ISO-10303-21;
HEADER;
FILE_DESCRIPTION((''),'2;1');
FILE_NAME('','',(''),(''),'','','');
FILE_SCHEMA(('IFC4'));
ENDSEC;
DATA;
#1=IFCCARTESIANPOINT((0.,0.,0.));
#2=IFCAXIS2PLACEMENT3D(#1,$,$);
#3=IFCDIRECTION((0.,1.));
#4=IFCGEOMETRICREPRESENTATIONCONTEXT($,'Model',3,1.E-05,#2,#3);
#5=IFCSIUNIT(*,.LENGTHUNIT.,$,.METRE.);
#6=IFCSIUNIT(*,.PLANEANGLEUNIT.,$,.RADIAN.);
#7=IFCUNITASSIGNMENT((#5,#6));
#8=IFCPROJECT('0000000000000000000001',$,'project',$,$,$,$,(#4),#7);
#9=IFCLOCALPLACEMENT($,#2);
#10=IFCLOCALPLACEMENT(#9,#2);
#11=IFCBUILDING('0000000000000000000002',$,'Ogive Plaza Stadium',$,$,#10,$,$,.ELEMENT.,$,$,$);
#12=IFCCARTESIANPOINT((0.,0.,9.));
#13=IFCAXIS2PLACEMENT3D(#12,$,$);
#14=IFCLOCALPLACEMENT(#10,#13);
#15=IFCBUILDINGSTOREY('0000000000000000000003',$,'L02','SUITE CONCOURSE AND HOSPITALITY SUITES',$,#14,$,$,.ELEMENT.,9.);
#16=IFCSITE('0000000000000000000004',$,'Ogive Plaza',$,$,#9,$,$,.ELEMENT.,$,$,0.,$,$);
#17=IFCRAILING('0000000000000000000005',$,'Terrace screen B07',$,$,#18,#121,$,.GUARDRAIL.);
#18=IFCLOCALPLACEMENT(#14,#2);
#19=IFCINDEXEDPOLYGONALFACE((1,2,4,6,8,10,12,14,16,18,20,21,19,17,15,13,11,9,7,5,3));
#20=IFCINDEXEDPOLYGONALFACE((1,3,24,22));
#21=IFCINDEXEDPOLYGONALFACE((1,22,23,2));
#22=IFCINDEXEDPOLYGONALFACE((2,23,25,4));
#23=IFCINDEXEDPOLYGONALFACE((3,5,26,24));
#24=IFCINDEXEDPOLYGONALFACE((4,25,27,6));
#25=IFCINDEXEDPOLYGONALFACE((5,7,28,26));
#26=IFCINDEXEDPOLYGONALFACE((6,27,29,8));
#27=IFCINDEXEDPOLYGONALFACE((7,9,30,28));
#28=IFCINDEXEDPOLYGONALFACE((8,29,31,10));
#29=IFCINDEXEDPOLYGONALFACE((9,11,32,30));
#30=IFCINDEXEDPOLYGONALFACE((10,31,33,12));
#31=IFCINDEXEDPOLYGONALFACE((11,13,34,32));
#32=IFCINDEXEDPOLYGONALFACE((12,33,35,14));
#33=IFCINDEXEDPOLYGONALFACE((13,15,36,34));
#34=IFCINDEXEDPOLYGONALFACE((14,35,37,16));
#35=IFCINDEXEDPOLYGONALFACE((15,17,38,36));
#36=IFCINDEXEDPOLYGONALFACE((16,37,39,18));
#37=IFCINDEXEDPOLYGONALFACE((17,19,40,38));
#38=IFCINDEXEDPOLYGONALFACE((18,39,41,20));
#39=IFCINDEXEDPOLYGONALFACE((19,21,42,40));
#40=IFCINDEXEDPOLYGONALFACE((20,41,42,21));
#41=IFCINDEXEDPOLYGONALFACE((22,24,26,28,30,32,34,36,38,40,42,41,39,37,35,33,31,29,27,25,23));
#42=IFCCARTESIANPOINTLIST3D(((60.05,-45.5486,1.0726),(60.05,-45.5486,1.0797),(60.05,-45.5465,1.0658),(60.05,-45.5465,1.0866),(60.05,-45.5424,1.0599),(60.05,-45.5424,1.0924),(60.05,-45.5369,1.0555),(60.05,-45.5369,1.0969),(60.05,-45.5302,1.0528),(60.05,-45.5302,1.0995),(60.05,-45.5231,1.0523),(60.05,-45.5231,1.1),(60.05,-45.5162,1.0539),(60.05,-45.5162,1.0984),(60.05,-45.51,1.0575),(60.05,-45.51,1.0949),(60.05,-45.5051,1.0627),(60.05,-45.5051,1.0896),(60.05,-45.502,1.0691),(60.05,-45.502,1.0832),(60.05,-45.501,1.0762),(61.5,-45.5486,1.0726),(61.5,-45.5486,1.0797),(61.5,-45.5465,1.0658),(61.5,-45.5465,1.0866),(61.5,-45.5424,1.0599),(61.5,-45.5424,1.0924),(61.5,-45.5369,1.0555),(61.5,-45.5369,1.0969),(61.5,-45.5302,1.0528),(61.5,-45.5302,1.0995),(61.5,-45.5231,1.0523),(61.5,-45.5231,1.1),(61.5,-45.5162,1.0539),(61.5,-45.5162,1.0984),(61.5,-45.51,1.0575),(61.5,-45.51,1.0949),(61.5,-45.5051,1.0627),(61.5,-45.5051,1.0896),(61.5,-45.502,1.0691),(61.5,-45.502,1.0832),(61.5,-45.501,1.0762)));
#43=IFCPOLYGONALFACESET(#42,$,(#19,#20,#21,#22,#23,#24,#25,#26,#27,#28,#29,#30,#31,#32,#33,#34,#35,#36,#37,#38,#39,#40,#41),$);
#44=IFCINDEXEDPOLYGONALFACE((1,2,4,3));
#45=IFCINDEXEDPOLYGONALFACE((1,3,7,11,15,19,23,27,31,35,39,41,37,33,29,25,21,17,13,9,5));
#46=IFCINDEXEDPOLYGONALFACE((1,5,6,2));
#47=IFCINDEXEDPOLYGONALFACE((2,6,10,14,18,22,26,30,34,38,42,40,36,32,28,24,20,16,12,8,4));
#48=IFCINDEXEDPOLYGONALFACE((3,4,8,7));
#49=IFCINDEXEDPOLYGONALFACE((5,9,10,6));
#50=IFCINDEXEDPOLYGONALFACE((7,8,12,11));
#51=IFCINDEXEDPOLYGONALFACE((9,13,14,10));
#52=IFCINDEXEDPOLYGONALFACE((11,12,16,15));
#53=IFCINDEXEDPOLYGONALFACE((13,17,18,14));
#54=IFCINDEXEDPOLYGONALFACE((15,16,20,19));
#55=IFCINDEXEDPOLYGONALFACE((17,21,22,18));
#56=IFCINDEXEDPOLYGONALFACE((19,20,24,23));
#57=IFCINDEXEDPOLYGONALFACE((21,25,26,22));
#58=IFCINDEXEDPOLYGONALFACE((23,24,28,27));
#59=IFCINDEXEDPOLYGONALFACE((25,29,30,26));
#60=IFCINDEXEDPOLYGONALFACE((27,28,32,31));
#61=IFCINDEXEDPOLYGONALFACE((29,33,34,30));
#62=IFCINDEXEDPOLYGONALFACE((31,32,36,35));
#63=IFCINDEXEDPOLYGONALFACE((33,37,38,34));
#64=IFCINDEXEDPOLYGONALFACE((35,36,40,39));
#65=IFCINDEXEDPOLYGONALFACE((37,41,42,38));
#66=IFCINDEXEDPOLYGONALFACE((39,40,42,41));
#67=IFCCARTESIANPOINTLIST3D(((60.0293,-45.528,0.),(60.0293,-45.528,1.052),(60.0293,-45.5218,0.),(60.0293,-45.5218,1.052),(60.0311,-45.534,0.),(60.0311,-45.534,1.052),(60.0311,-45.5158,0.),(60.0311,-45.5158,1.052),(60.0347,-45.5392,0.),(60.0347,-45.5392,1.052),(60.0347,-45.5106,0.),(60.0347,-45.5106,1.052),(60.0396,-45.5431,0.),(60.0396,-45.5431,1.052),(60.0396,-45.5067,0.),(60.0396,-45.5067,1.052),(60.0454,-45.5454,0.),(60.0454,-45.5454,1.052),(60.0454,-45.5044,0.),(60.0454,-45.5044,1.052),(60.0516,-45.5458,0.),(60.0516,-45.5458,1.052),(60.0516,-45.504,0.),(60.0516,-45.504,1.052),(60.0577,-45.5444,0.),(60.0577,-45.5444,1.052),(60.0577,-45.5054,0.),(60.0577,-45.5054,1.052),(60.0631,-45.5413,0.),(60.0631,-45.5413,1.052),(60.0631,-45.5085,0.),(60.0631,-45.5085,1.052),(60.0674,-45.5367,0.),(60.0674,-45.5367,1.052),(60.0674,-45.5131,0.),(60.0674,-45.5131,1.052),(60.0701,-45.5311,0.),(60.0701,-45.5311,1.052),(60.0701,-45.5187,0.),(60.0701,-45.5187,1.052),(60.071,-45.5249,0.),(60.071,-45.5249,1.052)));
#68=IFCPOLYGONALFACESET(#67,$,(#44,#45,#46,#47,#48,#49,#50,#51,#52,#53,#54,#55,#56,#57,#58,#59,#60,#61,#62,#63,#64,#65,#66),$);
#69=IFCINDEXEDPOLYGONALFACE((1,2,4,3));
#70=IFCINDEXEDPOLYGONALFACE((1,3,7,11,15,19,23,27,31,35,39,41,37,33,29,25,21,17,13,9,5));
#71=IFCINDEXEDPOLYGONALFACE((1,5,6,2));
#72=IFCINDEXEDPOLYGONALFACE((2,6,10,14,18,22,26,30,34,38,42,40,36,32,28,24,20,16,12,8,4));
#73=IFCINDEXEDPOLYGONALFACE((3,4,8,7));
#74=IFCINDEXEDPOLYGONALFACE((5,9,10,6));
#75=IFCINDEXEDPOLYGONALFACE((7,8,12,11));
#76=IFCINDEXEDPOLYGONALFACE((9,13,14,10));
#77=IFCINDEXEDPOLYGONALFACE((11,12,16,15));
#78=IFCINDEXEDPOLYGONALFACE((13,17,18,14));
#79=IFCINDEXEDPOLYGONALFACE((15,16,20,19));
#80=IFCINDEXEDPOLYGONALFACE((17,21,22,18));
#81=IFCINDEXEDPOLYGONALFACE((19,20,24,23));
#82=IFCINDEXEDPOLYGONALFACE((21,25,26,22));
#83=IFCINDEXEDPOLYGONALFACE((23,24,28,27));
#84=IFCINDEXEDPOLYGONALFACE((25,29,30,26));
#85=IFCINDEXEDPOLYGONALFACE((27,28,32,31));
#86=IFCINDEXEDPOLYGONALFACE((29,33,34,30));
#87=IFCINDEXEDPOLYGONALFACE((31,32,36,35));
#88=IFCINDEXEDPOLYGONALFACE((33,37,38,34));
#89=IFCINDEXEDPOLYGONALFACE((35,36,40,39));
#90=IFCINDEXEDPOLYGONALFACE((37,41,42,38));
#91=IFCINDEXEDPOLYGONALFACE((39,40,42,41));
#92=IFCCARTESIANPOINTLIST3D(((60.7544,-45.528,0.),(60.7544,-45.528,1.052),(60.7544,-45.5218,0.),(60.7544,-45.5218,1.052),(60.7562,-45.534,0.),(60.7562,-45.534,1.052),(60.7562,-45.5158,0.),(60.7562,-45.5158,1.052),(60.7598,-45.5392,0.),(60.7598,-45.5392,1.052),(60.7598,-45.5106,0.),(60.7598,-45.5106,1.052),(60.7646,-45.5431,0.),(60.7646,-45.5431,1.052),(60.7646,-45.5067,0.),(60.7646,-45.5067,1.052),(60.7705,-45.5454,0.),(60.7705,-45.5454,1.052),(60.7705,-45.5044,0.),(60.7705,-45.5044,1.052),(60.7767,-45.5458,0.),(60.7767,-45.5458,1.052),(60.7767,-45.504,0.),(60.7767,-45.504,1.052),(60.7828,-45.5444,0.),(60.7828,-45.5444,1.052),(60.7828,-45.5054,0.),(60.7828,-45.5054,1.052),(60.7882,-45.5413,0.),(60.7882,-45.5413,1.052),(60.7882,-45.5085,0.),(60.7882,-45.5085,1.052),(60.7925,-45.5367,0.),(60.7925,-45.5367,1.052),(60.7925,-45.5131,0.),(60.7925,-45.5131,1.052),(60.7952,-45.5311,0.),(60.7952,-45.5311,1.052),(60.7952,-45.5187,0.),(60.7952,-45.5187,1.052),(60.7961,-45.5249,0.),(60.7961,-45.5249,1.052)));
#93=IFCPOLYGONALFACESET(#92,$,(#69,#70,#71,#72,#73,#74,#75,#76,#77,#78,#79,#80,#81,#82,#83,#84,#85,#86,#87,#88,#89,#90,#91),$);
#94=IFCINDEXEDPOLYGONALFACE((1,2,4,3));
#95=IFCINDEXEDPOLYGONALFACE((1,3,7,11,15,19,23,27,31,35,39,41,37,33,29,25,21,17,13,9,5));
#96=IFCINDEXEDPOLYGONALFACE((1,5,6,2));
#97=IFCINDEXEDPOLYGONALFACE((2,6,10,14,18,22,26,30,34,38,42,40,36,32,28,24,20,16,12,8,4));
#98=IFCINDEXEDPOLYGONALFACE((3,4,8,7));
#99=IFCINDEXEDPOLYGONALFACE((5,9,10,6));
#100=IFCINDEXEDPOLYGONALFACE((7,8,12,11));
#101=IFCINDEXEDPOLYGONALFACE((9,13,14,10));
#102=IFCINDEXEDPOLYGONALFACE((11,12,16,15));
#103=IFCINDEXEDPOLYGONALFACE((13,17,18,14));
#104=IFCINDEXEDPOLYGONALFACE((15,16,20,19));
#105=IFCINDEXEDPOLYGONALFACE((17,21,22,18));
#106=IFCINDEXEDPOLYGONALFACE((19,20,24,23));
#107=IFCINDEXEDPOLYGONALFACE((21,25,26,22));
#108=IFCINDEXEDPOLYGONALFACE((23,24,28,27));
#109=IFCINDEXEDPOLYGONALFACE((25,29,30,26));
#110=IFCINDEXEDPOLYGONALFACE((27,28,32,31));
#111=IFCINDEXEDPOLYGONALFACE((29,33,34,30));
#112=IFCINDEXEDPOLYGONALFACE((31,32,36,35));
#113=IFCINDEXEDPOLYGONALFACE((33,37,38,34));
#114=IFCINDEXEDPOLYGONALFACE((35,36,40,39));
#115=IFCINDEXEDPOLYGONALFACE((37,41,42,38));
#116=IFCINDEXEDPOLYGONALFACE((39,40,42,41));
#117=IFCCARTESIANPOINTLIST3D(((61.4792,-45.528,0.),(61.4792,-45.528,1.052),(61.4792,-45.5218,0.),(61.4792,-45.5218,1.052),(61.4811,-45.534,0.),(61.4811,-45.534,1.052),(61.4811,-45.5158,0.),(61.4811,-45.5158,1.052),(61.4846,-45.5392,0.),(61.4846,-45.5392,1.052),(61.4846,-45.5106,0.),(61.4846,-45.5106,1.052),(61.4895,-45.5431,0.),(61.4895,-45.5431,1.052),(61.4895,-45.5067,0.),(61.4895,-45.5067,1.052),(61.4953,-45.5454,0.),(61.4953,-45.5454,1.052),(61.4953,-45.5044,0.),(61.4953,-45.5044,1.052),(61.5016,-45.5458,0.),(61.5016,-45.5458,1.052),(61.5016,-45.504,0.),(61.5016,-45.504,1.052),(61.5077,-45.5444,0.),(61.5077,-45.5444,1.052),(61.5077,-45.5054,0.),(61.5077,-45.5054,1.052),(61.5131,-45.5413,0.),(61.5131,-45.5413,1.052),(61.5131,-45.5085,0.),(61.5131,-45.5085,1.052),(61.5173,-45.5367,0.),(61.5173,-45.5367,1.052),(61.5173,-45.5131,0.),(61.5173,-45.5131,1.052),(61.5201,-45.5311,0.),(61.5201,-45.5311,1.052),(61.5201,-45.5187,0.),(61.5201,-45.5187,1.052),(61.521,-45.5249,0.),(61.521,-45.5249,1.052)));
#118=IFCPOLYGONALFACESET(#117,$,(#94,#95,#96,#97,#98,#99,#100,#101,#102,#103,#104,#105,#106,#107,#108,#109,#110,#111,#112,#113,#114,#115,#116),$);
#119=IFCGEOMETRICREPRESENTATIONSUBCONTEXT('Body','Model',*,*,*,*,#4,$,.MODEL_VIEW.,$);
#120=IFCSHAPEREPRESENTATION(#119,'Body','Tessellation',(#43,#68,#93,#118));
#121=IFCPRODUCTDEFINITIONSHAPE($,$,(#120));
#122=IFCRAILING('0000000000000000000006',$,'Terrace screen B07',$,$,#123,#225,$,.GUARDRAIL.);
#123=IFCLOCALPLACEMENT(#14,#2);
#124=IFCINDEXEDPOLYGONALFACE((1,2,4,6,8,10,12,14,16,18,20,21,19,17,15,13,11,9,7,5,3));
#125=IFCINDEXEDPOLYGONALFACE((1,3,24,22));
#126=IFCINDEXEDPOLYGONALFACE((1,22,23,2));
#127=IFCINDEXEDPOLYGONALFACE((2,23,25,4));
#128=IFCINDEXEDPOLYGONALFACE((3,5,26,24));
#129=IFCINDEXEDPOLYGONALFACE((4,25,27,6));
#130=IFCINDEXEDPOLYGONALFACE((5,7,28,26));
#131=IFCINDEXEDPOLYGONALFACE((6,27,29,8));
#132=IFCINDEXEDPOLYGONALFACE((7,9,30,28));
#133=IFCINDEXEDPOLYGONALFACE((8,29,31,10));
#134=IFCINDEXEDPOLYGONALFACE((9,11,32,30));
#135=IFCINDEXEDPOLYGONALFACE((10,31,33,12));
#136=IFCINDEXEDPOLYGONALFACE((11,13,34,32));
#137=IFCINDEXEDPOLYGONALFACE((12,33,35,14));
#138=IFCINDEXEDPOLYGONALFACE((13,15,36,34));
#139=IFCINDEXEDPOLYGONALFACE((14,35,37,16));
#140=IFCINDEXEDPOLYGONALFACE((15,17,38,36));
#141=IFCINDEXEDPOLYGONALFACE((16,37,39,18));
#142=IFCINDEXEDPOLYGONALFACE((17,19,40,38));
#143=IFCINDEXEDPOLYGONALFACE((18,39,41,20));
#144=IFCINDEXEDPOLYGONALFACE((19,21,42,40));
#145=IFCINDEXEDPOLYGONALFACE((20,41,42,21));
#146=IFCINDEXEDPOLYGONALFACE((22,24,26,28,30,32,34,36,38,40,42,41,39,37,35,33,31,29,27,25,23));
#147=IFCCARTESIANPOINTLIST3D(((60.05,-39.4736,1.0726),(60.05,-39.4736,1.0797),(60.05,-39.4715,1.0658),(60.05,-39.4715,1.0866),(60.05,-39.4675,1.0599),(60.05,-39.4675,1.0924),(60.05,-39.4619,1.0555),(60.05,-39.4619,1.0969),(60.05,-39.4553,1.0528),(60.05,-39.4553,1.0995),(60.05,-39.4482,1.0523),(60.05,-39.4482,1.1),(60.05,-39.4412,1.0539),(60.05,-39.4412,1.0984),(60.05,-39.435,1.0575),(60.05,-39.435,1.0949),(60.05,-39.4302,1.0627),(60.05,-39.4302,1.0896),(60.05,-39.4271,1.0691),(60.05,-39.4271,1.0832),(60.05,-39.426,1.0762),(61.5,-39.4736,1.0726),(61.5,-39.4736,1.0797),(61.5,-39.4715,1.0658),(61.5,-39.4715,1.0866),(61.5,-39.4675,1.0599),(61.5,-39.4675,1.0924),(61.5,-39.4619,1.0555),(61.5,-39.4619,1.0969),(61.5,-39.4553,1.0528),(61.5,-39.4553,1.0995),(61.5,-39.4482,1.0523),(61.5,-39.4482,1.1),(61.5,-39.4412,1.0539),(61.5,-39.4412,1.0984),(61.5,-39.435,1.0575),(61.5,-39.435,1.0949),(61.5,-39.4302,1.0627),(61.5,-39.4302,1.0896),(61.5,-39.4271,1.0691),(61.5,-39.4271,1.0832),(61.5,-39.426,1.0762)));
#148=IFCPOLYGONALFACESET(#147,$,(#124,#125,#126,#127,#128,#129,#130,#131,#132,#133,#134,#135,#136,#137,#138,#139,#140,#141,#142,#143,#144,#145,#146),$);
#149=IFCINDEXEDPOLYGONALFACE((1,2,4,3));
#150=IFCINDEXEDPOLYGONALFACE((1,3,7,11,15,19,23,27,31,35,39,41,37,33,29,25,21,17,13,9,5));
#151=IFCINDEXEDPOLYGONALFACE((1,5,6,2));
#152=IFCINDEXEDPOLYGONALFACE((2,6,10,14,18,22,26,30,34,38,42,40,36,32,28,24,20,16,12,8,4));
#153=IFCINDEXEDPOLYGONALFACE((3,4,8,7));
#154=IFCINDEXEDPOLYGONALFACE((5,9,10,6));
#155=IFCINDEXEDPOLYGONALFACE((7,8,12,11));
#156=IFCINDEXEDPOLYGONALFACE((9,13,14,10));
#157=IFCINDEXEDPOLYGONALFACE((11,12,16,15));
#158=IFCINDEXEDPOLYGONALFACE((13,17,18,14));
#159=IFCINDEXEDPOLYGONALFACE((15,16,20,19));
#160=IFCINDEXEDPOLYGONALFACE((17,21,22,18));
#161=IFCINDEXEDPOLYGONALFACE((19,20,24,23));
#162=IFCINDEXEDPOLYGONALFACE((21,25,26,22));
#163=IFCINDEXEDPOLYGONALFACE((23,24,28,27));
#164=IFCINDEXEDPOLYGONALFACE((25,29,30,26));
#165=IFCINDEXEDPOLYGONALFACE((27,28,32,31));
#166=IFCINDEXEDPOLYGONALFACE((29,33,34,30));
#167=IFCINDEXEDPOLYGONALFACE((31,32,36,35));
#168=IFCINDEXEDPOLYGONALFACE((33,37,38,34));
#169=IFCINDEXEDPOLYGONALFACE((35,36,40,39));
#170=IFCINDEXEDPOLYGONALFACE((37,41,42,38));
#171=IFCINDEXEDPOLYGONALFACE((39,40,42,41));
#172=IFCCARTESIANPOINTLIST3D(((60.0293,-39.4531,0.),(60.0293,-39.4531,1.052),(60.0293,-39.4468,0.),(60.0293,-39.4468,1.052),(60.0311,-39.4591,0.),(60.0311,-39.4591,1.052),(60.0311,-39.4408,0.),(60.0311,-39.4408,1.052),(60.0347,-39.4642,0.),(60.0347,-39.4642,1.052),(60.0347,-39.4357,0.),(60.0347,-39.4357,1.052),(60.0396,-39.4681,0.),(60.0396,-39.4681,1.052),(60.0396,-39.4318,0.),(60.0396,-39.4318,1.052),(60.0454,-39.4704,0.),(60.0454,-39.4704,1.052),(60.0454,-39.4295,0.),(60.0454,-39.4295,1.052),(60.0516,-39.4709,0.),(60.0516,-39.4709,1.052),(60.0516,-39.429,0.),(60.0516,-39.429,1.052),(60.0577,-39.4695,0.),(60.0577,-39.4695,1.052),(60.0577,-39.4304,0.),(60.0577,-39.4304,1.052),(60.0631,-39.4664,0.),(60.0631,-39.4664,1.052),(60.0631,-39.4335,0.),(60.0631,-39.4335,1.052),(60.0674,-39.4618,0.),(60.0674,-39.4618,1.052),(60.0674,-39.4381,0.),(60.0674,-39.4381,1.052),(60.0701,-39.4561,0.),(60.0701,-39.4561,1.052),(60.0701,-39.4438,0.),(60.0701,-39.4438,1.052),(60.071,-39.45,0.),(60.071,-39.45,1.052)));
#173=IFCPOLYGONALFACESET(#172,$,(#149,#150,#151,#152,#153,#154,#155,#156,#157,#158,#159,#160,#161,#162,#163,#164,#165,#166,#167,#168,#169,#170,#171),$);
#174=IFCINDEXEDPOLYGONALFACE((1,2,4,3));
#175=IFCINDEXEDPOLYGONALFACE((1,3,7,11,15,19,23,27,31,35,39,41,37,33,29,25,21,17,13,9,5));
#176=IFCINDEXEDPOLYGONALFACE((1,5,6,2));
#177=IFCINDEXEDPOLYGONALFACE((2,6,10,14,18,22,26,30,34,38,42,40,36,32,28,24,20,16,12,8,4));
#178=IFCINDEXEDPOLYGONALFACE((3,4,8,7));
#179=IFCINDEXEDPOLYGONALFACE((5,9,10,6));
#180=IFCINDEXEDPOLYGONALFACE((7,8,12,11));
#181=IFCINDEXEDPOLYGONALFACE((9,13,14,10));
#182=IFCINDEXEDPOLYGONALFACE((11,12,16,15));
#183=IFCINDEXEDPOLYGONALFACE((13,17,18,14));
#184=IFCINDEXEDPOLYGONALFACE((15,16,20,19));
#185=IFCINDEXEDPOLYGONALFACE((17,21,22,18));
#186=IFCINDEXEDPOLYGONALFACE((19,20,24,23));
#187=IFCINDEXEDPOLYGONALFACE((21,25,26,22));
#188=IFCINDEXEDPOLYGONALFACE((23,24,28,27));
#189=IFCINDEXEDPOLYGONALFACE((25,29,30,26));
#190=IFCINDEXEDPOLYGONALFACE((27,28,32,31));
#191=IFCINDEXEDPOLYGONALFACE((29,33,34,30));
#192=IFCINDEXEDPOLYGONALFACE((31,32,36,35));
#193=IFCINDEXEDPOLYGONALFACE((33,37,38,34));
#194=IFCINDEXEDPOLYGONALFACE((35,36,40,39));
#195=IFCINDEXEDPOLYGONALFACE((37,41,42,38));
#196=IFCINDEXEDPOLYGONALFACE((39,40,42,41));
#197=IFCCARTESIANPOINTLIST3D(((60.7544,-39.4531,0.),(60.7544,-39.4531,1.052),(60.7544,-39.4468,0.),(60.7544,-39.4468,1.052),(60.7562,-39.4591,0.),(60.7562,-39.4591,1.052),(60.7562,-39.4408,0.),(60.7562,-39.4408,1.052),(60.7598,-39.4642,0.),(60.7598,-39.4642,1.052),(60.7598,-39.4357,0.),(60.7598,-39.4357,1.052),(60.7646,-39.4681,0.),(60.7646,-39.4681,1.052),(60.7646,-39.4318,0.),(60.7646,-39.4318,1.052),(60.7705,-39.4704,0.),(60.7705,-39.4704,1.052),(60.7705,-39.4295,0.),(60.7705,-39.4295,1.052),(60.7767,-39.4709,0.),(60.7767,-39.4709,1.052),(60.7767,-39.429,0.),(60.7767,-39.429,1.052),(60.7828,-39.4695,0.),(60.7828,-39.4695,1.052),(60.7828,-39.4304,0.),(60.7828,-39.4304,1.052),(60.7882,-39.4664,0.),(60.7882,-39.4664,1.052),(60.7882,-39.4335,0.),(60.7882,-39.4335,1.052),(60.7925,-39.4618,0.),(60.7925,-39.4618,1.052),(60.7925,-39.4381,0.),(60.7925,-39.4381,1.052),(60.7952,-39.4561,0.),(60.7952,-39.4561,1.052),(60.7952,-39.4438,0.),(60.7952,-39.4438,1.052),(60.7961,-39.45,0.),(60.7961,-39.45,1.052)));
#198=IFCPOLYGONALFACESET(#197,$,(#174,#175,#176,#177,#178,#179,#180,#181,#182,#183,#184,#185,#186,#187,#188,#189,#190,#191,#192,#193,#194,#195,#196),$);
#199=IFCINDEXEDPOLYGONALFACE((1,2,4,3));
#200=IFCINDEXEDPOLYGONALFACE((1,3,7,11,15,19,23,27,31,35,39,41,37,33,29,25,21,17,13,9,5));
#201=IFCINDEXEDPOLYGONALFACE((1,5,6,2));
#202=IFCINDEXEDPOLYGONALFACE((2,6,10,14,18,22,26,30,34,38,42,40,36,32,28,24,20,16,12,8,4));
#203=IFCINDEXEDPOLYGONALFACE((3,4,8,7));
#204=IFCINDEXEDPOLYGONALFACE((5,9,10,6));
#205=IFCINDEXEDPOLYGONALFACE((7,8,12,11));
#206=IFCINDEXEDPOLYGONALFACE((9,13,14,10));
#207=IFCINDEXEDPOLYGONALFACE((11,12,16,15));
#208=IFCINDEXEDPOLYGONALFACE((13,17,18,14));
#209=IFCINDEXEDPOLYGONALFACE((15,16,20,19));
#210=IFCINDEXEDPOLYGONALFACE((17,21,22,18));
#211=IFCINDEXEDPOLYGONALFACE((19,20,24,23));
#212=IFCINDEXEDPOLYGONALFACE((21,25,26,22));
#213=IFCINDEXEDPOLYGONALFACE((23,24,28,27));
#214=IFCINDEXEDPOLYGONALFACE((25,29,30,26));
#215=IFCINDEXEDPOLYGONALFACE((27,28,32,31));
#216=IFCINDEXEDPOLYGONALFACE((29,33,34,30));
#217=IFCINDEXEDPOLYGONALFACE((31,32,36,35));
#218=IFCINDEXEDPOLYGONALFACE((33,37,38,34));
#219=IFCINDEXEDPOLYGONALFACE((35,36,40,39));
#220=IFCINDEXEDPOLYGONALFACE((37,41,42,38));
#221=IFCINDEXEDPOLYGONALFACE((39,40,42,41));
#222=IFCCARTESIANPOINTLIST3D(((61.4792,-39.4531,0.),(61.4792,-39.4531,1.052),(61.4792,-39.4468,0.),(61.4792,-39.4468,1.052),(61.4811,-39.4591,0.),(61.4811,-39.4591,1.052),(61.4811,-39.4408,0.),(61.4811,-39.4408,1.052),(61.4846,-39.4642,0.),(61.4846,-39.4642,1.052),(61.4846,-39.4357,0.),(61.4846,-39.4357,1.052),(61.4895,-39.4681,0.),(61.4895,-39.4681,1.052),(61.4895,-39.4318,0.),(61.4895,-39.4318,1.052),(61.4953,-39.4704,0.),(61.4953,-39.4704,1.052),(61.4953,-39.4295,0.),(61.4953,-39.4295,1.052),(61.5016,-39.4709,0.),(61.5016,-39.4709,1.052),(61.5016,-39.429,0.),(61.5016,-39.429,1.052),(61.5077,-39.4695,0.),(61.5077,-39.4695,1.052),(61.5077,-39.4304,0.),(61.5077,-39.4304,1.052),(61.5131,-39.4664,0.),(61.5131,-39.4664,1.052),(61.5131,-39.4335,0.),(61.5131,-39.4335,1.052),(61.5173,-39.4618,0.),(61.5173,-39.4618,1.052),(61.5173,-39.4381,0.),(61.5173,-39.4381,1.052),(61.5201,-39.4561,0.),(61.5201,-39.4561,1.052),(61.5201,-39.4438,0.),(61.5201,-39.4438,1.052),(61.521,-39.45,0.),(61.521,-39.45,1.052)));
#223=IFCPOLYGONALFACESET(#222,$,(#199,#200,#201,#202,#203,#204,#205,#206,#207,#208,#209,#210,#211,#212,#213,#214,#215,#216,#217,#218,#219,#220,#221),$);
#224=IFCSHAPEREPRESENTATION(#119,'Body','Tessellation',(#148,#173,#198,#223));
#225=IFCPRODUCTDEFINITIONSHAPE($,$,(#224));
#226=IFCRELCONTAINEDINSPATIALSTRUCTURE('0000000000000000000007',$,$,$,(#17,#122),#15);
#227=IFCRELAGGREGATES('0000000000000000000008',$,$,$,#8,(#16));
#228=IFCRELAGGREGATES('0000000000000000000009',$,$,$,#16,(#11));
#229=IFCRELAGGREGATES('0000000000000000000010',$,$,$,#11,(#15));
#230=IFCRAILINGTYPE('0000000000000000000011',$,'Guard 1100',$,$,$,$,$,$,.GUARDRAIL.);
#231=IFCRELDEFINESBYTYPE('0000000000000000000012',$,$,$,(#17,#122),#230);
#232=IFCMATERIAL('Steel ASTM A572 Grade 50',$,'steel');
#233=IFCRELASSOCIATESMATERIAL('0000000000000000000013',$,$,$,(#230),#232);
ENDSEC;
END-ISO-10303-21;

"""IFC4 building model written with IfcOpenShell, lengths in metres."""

from ifc_helpers import new_model, si_unit, direction, frame, origin, origin_2d, place, context, subcontext, project, spatial, circle, extrude, material, type_object, element, save


model = new_model("IFC4")

# Units and contexts
model_context = context("Model", 3, precision=1e-05, world=origin(), true_north=direction((0.0, 1.0)))
body_context = subcontext(model_context, "Body", "Model", "MODEL_VIEW")
ifc_project = project(units=[si_unit("LENGTHUNIT", "METRE"), si_unit("PLANEANGLEUNIT", "RADIAN")], contexts=[model_context])

# Site, building, storey
site_placement = place(None, origin())
site = spatial("IfcSite", under=ifc_project, at=site_placement, Name="Ogive Plaza", CompositionType="ELEMENT", RefElevation=0.0)
building_placement = place(site_placement, origin())
building = spatial("IfcBuilding", under=site, at=building_placement, Name="Ogive Plaza Stadium", CompositionType="ELEMENT")
storey_placement = place(building_placement, frame((0.0, 0.0, 9.0)))
storey = spatial("IfcBuildingStorey", under=building, at=storey_placement, Name="L02", Description="SUITE CONCOURSE AND HOSPITALITY SUITES", CompositionType="ELEMENT", Elevation=9.0)

# Railings
ifc_material_1 = material(Name="Steel ASTM A572 Grade 50", Category="steel")
railing_type = type_object("IfcRailingType", Name="Guard 1100", PredefinedType="GUARDRAIL", material=ifc_material_1)
for number, where, name in (
    (1, (60.05, -45.5249, 0.0), "Terrace screen B07"),
    (2, (60.05, -39.45, 0.0), "Terrace screen B07"),
):
    element("IfcRailing", number, at=place(storey_placement, frame(where)), inside=storey, type_object=railing_type, Name=name, PredefinedType="GUARDRAIL", context=body_context, shape_type="SweptSolid", body=[
        extrude(circle(Radius=0.0239, at=origin_2d()), frame((0.0, 0.0, 1.0762), z_axis=(1.0, 0.0, 0.0), x_axis=(0.0, 1.0, 0.0)), (0.0, 0.0, 1.0), 1.45),
        extrude(circle(Radius=0.021, at=origin_2d()), origin(), (0.0, 0.0, 1.0), 1.052),
        extrude(circle(Radius=0.021, at=origin_2d()), frame((0.7251, 0.0, 0.0)), (0.0, 0.0, 1.0), 1.052),
        extrude(circle(Radius=0.021, at=origin_2d()), frame((1.45, 0.0, 0.0)), (0.0, 0.0, 1.0), 1.052),
    ])

save(model, "model.ifc")
